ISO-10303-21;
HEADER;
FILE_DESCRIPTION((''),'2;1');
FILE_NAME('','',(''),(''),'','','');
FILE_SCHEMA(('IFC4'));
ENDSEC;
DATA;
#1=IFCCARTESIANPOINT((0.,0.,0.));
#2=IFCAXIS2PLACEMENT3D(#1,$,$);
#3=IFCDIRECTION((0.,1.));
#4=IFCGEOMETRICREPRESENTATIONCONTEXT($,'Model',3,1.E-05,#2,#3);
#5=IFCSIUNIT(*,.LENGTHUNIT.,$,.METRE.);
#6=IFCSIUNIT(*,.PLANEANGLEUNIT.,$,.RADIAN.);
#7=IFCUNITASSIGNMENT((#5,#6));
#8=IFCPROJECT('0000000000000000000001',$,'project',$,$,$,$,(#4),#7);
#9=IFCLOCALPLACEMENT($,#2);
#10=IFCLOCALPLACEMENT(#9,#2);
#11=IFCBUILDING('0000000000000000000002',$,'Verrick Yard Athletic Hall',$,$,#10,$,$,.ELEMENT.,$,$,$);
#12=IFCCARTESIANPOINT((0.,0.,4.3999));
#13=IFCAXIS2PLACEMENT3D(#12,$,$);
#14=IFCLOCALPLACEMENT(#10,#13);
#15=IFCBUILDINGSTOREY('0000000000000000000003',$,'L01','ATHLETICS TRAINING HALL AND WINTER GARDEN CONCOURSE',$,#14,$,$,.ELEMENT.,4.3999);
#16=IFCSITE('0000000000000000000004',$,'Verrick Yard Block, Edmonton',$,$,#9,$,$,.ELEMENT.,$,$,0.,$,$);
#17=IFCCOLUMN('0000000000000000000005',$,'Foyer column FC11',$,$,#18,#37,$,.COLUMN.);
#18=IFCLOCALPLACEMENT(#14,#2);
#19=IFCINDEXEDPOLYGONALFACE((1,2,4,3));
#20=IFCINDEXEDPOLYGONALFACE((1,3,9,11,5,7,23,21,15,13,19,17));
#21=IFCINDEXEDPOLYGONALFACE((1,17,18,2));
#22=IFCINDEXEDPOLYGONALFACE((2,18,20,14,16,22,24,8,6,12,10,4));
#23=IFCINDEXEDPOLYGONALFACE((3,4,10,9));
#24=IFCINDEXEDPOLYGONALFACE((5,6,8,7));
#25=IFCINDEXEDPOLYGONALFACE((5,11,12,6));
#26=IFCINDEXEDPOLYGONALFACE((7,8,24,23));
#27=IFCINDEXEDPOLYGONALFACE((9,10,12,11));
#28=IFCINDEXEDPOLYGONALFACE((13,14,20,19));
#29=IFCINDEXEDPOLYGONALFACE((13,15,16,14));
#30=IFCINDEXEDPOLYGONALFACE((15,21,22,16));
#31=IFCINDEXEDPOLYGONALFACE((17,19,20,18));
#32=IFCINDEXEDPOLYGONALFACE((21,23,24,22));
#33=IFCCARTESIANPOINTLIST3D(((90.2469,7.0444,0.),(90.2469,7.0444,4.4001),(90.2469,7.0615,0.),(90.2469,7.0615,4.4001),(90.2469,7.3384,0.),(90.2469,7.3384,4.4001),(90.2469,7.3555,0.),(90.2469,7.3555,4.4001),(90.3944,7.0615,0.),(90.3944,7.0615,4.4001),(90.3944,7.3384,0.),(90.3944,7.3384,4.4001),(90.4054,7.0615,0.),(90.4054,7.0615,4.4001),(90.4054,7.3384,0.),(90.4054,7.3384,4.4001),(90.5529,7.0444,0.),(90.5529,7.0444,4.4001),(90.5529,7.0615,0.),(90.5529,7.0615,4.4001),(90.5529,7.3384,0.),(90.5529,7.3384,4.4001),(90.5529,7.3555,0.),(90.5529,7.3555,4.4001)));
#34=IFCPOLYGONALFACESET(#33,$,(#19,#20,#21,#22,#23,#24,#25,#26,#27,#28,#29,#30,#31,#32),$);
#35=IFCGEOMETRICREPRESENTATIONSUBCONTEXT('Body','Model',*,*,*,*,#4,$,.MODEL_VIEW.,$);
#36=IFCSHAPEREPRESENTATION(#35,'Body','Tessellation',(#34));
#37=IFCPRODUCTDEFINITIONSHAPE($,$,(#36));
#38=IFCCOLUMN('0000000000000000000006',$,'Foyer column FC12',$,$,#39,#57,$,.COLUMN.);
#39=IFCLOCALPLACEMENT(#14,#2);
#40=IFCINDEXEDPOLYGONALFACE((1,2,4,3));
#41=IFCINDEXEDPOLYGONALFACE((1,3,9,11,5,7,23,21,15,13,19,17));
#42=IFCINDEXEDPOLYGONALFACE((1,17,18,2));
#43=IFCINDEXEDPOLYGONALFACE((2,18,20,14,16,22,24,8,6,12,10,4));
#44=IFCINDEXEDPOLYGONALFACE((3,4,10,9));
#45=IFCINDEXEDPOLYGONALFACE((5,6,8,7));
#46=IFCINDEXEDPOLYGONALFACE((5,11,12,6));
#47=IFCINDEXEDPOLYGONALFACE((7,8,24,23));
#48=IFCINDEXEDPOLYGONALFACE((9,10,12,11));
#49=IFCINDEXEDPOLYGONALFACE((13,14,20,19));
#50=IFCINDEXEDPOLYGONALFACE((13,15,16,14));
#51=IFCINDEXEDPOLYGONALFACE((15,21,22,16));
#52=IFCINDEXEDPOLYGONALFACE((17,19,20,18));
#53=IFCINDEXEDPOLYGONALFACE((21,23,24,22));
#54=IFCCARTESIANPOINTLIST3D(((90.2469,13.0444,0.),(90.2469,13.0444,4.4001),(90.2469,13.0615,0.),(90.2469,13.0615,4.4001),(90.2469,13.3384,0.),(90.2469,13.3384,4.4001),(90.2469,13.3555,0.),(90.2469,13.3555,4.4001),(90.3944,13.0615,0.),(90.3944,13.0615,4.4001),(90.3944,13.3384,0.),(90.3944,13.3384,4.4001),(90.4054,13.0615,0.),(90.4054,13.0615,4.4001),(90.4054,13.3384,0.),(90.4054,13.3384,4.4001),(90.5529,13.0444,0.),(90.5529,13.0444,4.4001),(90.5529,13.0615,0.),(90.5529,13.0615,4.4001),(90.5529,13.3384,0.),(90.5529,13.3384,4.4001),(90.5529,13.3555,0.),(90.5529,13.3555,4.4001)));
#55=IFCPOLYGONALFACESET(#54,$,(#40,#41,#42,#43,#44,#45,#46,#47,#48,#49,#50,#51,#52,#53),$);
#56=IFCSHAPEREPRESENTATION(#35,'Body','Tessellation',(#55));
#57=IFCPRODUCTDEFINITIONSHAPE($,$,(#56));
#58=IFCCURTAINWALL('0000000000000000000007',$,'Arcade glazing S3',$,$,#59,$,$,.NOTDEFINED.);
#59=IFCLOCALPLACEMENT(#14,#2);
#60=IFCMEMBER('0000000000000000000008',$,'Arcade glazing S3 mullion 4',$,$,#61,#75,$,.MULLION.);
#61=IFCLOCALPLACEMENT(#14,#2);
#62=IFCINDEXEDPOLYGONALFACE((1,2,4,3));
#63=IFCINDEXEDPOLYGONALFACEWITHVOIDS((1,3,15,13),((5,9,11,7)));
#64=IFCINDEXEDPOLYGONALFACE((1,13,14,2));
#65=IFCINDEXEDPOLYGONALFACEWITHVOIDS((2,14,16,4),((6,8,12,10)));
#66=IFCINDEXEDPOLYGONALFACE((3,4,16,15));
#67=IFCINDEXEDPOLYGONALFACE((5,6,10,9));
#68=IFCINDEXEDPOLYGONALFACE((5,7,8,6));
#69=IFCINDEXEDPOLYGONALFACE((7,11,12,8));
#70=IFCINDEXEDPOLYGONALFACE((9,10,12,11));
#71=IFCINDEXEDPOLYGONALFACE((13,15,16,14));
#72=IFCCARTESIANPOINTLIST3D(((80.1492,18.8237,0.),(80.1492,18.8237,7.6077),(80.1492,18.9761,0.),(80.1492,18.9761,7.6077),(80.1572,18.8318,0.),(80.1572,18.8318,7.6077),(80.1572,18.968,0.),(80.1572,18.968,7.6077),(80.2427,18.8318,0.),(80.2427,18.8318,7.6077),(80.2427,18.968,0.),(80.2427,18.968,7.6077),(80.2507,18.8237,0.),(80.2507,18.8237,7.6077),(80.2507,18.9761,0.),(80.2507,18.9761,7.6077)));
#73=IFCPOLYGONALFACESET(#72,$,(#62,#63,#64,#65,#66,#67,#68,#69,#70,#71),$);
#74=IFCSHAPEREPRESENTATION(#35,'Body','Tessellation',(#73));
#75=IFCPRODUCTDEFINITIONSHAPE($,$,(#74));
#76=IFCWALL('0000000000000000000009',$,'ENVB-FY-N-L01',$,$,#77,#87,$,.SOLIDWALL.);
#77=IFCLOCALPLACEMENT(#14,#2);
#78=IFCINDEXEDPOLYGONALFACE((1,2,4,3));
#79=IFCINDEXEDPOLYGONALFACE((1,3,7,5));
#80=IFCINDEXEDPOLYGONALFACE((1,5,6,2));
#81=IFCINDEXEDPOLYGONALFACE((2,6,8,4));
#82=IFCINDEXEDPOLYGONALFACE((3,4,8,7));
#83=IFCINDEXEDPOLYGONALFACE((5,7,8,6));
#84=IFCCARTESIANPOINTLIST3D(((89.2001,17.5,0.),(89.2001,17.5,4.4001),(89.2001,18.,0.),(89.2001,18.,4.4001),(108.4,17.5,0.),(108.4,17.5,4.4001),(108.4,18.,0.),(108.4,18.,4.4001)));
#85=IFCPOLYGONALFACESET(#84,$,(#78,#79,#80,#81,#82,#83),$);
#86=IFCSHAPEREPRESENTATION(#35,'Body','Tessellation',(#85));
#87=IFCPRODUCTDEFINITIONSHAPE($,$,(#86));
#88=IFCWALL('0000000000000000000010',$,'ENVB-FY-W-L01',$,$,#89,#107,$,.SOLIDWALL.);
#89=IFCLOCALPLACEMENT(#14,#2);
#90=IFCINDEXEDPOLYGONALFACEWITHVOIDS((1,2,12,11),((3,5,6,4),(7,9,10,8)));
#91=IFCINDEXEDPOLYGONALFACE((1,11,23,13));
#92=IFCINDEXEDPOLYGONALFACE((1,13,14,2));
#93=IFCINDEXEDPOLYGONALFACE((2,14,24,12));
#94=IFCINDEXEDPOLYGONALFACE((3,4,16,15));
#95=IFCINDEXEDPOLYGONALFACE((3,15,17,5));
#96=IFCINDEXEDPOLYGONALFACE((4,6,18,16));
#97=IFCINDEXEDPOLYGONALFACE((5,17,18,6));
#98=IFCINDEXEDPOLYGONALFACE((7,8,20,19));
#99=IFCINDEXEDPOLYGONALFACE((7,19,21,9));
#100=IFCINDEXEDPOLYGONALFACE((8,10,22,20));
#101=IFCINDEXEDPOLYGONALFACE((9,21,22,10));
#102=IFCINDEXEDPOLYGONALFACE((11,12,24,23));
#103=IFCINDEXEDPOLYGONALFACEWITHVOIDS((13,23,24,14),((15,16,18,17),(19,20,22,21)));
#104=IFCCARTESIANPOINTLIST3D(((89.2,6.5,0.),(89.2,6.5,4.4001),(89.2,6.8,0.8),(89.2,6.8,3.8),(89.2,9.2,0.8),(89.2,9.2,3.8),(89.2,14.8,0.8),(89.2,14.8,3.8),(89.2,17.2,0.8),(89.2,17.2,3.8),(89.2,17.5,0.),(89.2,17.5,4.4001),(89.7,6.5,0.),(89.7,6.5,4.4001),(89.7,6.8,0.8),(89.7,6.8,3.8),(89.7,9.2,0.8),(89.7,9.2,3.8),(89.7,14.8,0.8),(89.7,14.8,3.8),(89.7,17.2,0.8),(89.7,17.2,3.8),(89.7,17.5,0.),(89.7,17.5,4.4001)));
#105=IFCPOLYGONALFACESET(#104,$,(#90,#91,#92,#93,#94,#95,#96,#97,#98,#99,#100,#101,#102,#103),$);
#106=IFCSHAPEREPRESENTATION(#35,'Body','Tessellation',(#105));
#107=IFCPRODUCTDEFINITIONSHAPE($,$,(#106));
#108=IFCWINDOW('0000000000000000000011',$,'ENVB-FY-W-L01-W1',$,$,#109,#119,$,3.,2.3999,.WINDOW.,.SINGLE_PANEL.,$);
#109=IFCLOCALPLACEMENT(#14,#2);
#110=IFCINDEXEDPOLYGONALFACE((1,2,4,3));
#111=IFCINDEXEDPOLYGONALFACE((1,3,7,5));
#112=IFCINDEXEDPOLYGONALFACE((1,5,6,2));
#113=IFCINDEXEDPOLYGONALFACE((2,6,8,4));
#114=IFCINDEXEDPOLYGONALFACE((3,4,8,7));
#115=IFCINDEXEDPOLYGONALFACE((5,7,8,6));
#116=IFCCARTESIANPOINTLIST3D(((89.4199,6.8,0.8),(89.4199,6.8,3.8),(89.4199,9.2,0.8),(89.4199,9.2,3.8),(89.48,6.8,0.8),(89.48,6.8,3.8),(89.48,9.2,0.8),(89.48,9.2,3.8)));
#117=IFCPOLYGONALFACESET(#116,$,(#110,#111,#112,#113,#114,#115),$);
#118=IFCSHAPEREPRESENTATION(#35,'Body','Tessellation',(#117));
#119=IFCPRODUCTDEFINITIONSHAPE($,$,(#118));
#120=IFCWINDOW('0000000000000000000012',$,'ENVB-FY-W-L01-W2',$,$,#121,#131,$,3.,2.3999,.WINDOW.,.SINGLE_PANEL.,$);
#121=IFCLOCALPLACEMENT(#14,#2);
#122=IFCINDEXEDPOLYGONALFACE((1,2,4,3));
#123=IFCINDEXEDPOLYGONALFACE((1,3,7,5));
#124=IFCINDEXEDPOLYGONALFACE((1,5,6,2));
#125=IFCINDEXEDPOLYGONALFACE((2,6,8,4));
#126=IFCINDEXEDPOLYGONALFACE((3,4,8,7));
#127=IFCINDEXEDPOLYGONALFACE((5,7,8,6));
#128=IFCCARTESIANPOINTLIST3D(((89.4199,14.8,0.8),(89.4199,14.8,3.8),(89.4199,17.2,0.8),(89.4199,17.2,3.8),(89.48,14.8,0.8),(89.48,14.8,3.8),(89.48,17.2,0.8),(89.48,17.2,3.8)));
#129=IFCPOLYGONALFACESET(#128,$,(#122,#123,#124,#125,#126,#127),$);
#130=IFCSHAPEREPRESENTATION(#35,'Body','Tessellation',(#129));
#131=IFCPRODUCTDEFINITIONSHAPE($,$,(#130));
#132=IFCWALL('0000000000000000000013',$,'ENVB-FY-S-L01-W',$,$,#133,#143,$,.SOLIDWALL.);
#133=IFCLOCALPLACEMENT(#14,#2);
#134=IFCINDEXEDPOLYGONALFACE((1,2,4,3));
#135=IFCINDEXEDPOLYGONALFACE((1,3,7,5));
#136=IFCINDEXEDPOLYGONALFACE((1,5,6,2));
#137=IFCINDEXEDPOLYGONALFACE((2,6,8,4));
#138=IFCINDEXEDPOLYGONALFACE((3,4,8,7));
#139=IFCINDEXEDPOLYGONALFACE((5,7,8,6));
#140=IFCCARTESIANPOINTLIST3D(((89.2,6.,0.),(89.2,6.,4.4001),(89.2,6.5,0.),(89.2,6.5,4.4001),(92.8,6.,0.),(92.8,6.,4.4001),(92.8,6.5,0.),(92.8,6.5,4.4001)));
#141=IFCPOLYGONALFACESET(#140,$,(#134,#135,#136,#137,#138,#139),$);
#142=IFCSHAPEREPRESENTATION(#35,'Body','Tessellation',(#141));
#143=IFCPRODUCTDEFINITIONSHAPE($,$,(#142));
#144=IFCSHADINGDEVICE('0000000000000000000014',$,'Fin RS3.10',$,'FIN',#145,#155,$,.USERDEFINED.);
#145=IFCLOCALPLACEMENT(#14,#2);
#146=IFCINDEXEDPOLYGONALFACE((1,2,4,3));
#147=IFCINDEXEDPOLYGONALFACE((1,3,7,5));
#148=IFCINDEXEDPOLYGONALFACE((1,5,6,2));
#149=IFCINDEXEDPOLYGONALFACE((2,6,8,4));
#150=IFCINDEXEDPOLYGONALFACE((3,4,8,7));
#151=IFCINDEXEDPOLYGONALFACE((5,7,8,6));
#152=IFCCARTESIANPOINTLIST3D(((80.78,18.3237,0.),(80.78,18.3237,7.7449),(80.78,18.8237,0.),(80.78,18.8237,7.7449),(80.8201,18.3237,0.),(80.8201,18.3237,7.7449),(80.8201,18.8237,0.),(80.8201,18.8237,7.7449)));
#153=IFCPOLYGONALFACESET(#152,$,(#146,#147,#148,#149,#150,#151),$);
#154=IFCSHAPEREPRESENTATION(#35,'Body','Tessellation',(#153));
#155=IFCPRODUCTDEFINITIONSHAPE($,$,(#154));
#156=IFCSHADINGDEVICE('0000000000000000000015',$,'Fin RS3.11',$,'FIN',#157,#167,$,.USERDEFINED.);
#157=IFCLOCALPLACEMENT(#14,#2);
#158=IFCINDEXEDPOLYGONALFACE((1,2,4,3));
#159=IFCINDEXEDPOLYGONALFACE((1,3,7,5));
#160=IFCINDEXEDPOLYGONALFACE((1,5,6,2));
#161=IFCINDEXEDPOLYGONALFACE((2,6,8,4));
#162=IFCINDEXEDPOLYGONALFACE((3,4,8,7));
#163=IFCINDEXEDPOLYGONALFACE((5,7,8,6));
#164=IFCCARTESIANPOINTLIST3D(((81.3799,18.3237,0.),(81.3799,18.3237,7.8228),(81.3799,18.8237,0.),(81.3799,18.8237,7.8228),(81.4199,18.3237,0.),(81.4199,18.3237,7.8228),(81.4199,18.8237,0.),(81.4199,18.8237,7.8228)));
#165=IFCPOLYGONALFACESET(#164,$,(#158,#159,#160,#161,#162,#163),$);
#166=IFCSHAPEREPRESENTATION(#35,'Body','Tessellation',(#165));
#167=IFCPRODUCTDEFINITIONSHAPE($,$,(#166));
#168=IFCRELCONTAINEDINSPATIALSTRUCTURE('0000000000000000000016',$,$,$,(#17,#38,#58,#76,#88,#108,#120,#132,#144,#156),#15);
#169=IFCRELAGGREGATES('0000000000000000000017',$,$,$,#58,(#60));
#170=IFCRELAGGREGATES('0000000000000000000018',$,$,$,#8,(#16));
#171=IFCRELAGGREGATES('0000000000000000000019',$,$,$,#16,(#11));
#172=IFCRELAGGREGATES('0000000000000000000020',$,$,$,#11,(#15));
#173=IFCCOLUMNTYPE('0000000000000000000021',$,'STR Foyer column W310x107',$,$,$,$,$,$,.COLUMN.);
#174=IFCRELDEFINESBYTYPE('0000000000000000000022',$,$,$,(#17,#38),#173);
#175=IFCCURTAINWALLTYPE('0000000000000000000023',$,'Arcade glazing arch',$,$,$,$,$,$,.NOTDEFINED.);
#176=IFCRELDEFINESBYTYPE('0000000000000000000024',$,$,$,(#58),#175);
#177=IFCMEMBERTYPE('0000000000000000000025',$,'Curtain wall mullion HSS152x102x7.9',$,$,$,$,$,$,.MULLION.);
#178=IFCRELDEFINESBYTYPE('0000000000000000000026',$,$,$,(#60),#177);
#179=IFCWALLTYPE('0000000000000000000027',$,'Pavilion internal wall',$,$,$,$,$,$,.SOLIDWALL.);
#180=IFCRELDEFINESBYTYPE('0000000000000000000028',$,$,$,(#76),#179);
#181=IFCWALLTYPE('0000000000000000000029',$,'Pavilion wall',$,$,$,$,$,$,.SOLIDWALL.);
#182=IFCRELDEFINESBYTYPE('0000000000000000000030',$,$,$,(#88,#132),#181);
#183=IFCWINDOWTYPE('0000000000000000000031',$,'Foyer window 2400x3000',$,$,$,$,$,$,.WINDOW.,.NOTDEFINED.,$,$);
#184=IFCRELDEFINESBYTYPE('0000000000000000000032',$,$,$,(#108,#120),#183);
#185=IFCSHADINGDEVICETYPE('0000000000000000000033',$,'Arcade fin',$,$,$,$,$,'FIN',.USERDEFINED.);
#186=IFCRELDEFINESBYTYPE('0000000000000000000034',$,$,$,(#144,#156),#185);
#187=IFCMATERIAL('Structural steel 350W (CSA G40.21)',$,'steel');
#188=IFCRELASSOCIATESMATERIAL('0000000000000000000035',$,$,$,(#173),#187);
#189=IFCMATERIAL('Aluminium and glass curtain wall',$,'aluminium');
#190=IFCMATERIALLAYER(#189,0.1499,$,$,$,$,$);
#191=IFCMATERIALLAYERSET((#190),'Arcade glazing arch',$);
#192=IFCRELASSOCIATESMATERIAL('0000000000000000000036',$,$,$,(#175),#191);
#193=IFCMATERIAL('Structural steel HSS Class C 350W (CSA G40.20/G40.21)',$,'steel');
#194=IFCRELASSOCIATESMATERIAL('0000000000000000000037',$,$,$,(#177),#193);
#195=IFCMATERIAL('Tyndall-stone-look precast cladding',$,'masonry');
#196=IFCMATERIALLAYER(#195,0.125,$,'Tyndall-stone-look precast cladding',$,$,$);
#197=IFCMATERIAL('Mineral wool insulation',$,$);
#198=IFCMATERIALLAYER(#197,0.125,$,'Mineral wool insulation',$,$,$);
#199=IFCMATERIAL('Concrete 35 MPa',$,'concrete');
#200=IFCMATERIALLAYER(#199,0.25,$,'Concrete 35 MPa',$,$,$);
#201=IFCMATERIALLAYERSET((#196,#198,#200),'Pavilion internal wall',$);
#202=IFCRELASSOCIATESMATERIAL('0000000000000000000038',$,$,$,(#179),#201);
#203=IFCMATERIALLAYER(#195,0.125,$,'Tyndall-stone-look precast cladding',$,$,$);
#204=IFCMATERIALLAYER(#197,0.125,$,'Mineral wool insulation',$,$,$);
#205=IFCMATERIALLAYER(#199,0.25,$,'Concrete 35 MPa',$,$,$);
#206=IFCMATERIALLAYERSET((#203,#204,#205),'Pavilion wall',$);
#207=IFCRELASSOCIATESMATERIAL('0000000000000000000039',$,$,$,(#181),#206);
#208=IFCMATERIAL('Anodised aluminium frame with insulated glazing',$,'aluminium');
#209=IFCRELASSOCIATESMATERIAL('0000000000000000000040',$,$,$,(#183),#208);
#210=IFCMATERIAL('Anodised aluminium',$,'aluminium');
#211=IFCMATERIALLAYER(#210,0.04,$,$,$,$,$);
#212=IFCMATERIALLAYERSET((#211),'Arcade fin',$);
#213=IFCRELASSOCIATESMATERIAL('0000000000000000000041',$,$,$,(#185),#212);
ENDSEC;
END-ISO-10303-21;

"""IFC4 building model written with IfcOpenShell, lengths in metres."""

from ifc_helpers import new_model, si_unit, direction, frame, frame_2d, origin, origin_2d, place, context, subcontext, project, spatial, polyline, rectangle, hollow_rectangle, i_section, outline, extrude, material, layer, layer_set, material_profile, profile_set, type_object, element, fill, aggregate, save


model = new_model("IFC4")

# Units and contexts
model_context = context("Model", 3, precision=1e-05, world=origin(), true_north=direction((0.0, 1.0)))
body_context = subcontext(model_context, "Body", "Model", "MODEL_VIEW")
ifc_project = project(units=[si_unit("LENGTHUNIT", "METRE"), si_unit("PLANEANGLEUNIT", "RADIAN")], contexts=[model_context])

# Site, building, storey
site_placement = place(None, origin())
site = spatial("IfcSite", under=ifc_project, at=site_placement, Name="Verrick Yard Block, Edmonton", CompositionType="ELEMENT", RefElevation=0.0)
building_placement = place(site_placement, origin())
building = spatial("IfcBuilding", under=site, at=building_placement, Name="Verrick Yard Athletic Hall", CompositionType="ELEMENT")
storey_placement = place(building_placement, frame((0.0, 0.0, 4.3999)))
storey = spatial("IfcBuildingStorey", under=building, at=storey_placement, Name="L01", Description="ATHLETICS TRAINING HALL AND WINTER GARDEN CONCOURSE", CompositionType="ELEMENT", Elevation=4.3999)

# Columns
ifc_material_1 = material(Name="Structural steel 350W (CSA G40.21)", Category="steel")
ifc_material_profile_1 = material_profile(ifc_material_1, i_section(OverallWidth=0.3059, OverallDepth=0.311, WebThickness=0.011, FlangeThickness=0.0171, at=origin_2d()), Name="W310x107")
ifc_profile_set_1 = profile_set([ifc_material_profile_1], Name="Structural steel 350W (CSA G40.21)")
column_type = type_object("IfcColumnType", Name="STR Foyer column W310x107", PredefinedType="COLUMN", material=ifc_profile_set_1)
for number, where, z_axis, x_axis, name in (
    (1, (90.3999, 7.2, 0.0), (0.0, 0.0, 1.0), (1.0, 0.0, 0.0), "Foyer column FC11"),
    (2, (90.3999, 13.2, 0.0), (0.0, 0.0, 1.0), (1.0, 0.0, 0.0), "Foyer column FC12"),
):
    element("IfcColumn", number, at=place(storey_placement, frame(where, z_axis=z_axis, x_axis=x_axis)), inside=storey, type_object=column_type, Name=name, PredefinedType="COLUMN", context=body_context, shape_type="SweptSolid", body=[
        extrude(i_section(OverallWidth=0.3059, OverallDepth=0.311, WebThickness=0.011, FlangeThickness=0.0171, at=origin_2d()), origin(), (0.0, 0.0, 1.0), 4.4001),
    ])

# Curtain wall, member
ifc_material_2 = material(Name="Aluminium and glass curtain wall", Category="aluminium")
ifc_layer_1 = layer(ifc_material_2, 0.1499)
ifc_layer_set_1 = layer_set([ifc_layer_1], Name="Arcade glazing arch")
curtain_wall_type = type_object("IfcCurtainWallType", Name="Arcade glazing arch", PredefinedType="NOTDEFINED", material=ifc_layer_set_1)
curtain_wall_placement = place(storey_placement, origin())
curtain_wall = element("IfcCurtainWall", 3, at=curtain_wall_placement, inside=storey, type_object=curtain_wall_type, Name="Arcade glazing S3", PredefinedType="NOTDEFINED")
ifc_material_3 = material(Name="Structural steel HSS Class C 350W (CSA G40.20/G40.21)", Category="steel")
ifc_material_profile_2 = material_profile(ifc_material_3, hollow_rectangle(XDim=0.1016, YDim=0.1523, WallThickness=0.0081, at=origin_2d()), Name="HSS152x102x7.9")
ifc_profile_set_2 = profile_set([ifc_material_profile_2], Name="Structural steel HSS Class C 350W (CSA G40.20/G40.21)")
member_type = type_object("IfcMemberType", Name="Curtain wall mullion HSS152x102x7.9", PredefinedType="MULLION", material=ifc_profile_set_2)
member_placement = place(storey_placement, frame((80.2, 18.8999, 0.0), z_axis=(0.0, 0.0, 1.0), x_axis=(1.0, 0.0, 0.0)))
member = element("IfcMember", 4, at=member_placement, type_object=member_type, Name="Arcade glazing S3 mullion 4", PredefinedType="MULLION", context=body_context, shape_type="SweptSolid", body=[
    extrude(hollow_rectangle(XDim=0.1016, YDim=0.1523, WallThickness=0.0081, at=origin_2d()), origin(), (0.0, 0.0, 1.0), 7.6077),
])
aggregate(curtain_wall, [member])

# Wall
ifc_material_4 = material(Name="Tyndall-stone-look precast cladding", Category="masonry")
ifc_layer_2 = layer(ifc_material_4, 0.125, Name="Tyndall-stone-look precast cladding")
ifc_material_5 = material(Name="Mineral wool insulation")
ifc_layer_3 = layer(ifc_material_5, 0.125, Name="Mineral wool insulation")
ifc_material_6 = material(Name="Concrete 35 MPa", Category="concrete")
ifc_layer_4 = layer(ifc_material_6, 0.25, Name="Concrete 35 MPa")
ifc_layer_set_2 = layer_set([ifc_layer_2, ifc_layer_3, ifc_layer_4], Name="Pavilion internal wall")
wall_type_1 = type_object("IfcWallType", Name="Pavilion internal wall", PredefinedType="SOLIDWALL", material=ifc_layer_set_2)
wall_1_placement = place(storey_placement, frame((89.2, 17.75, 0.0), z_axis=(0.0, 0.0, 1.0), x_axis=(1.0, 0.0, 0.0)))
element("IfcWall", 5, at=wall_1_placement, inside=storey, type_object=wall_type_1, Name="ENVB-FY-N-L01", PredefinedType="SOLIDWALL", context=body_context, shape_type="SweptSolid", body=[
    extrude(rectangle(XDim=19.2, YDim=0.5, at=frame_2d((9.6001, 0.0))), origin(), (0.0, 0.0, 1.0), 4.4001),
])

# Wall, openings, windows
ifc_layer_5 = layer(ifc_material_4, 0.125, Name="Tyndall-stone-look precast cladding")
ifc_layer_6 = layer(ifc_material_5, 0.125, Name="Mineral wool insulation")
ifc_layer_7 = layer(ifc_material_6, 0.25, Name="Concrete 35 MPa")
ifc_layer_set_3 = layer_set([ifc_layer_5, ifc_layer_6, ifc_layer_7], Name="Pavilion wall")
wall_type_2 = type_object("IfcWallType", Name="Pavilion wall", PredefinedType="SOLIDWALL", material=ifc_layer_set_3)
wall_2_placement = place(storey_placement, frame((89.45, 6.5, 0.0), z_axis=(0.0, 0.0, 1.0), x_axis=(0.0, 1.0, 0.0)))
wall_2 = element("IfcWall", 6, at=wall_2_placement, inside=storey, type_object=wall_type_2, Name="ENVB-FY-W-L01", PredefinedType="SOLIDWALL", context=body_context, shape_type="SweptSolid", body=[
    extrude(rectangle(XDim=11.0, YDim=0.5, at=frame_2d((5.5, 0.0))), origin(), (0.0, 0.0, 1.0), 4.4001),
])
opening_1_placement = place(wall_2_placement, frame((0.3, 0.0, 0.8)))
opening_1 = element("IfcOpeningElement", 7, at=opening_1_placement, cuts=wall_2, PredefinedType="OPENING", context=body_context, shape_type="SweptSolid", body=[
    extrude(rectangle(XDim=2.3999, YDim=3.0, at=frame_2d((1.2, 1.5))), frame((0.0, 0.26, 0.0), z_axis=(0.0, -1.0, 0.0), x_axis=(1.0, 0.0, 0.0)), (0.0, 0.0, 1.0), 0.52),
])
opening_2_placement = place(wall_2_placement, frame((8.3, 0.0, 0.8)))
opening_2 = element("IfcOpeningElement", 8, at=opening_2_placement, cuts=wall_2, PredefinedType="OPENING", context=body_context, shape_type="SweptSolid", body=[
    extrude(rectangle(XDim=2.3999, YDim=3.0, at=frame_2d((1.2, 1.5))), frame((0.0, 0.26, 0.0), z_axis=(0.0, -1.0, 0.0), x_axis=(1.0, 0.0, 0.0)), (0.0, 0.0, 1.0), 0.52),
])
ifc_material_7 = material(Name="Anodised aluminium frame with insulated glazing", Category="aluminium")
window_type = type_object("IfcWindowType", Name="Foyer window 2400x3000", PartitioningType="NOTDEFINED", PredefinedType="WINDOW", material=ifc_material_7)
window_1_placement = place(opening_1_placement, origin())
window_1 = element("IfcWindow", 9, at=window_1_placement, inside=storey, type_object=window_type, Name="ENVB-FY-W-L01-W1", OverallHeight=3.0, OverallWidth=2.3999, PartitioningType="SINGLE_PANEL", PredefinedType="WINDOW", context=body_context, shape_type="SweptSolid", body=[
    extrude(rectangle(XDim=2.3999, YDim=3.0, at=frame_2d((1.2, 1.5))), frame((0.0, 0.03, 0.0), z_axis=(0.0, -1.0, 0.0), x_axis=(1.0, 0.0, 0.0)), (0.0, 0.0, 1.0), 0.0601),
])
fill(opening_1, window_1)
window_2_placement = place(opening_2_placement, origin())
window_2 = element("IfcWindow", 10, at=window_2_placement, inside=storey, type_object=window_type, Name="ENVB-FY-W-L01-W2", OverallHeight=3.0, OverallWidth=2.3999, PartitioningType="SINGLE_PANEL", PredefinedType="WINDOW", context=body_context, shape_type="SweptSolid", body=[
    extrude(rectangle(XDim=2.3999, YDim=3.0, at=frame_2d((1.2, 1.5))), frame((0.0, 0.03, 0.0), z_axis=(0.0, -1.0, 0.0), x_axis=(1.0, 0.0, 0.0)), (0.0, 0.0, 1.0), 0.0601),
])
fill(opening_2, window_2)

# Wall
wall_3_placement = place(storey_placement, frame((89.2, 6.25, 0.0), z_axis=(0.0, 0.0, 1.0), x_axis=(1.0, 0.0, 0.0)))
element("IfcWall", 11, at=wall_3_placement, inside=storey, type_object=wall_type_2, Name="ENVB-FY-S-L01-W", PredefinedType="SOLIDWALL", context=body_context, shape_type="SweptSolid", body=[
    extrude(rectangle(XDim=3.6001, YDim=0.5, at=frame_2d((1.8, 0.0))), origin(), (0.0, 0.0, 1.0), 4.4001),
])

# Shading devices
ifc_material_8 = material(Name="Anodised aluminium", Category="aluminium")
ifc_layer_8 = layer(ifc_material_8, 0.04)
ifc_layer_set_4 = layer_set([ifc_layer_8], Name="Arcade fin")
shading_device_type = type_object("IfcShadingDeviceType", Name="Arcade fin", ElementType="FIN", PredefinedType="USERDEFINED", material=ifc_layer_set_4)
shading_device_1_placement = place(storey_placement, frame((80.8, 18.8237, 0.0), z_axis=(0.0, 0.0, 1.0), x_axis=(0.0, -1.0, 0.0)))
element("IfcShadingDevice", 12, at=shading_device_1_placement, inside=storey, type_object=shading_device_type, Name="Fin RS3.10", ObjectType="FIN", PredefinedType="USERDEFINED", context=body_context, shape_type="SweptSolid", body=[
    extrude(outline(polyline([(0.0, 0.0), (0.5, 0.0), (0.5, 7.7449), (0.0, 7.7449), (0.0, 0.0)])), frame((0.0, 0.02, 0.0), z_axis=(0.0, -1.0, 0.0), x_axis=(1.0, 0.0, 0.0)), (0.0, 0.0, 1.0), 0.04),
])
shading_device_2_placement = place(storey_placement, frame((81.3999, 18.8237, 0.0), z_axis=(0.0, 0.0, 1.0), x_axis=(0.0, -1.0, 0.0)))
element("IfcShadingDevice", 13, at=shading_device_2_placement, inside=storey, type_object=shading_device_type, Name="Fin RS3.11", ObjectType="FIN", PredefinedType="USERDEFINED", context=body_context, shape_type="SweptSolid", body=[
    extrude(outline(polyline([(0.0, 0.0), (0.5, 0.0), (0.5, 7.8228), (0.0, 7.8228), (0.0, 0.0)])), frame((0.0, 0.02, 0.0), z_axis=(0.0, -1.0, 0.0), x_axis=(1.0, 0.0, 0.0)), (0.0, 0.0, 1.0), 0.04),
])

save(model, "model.ifc")
